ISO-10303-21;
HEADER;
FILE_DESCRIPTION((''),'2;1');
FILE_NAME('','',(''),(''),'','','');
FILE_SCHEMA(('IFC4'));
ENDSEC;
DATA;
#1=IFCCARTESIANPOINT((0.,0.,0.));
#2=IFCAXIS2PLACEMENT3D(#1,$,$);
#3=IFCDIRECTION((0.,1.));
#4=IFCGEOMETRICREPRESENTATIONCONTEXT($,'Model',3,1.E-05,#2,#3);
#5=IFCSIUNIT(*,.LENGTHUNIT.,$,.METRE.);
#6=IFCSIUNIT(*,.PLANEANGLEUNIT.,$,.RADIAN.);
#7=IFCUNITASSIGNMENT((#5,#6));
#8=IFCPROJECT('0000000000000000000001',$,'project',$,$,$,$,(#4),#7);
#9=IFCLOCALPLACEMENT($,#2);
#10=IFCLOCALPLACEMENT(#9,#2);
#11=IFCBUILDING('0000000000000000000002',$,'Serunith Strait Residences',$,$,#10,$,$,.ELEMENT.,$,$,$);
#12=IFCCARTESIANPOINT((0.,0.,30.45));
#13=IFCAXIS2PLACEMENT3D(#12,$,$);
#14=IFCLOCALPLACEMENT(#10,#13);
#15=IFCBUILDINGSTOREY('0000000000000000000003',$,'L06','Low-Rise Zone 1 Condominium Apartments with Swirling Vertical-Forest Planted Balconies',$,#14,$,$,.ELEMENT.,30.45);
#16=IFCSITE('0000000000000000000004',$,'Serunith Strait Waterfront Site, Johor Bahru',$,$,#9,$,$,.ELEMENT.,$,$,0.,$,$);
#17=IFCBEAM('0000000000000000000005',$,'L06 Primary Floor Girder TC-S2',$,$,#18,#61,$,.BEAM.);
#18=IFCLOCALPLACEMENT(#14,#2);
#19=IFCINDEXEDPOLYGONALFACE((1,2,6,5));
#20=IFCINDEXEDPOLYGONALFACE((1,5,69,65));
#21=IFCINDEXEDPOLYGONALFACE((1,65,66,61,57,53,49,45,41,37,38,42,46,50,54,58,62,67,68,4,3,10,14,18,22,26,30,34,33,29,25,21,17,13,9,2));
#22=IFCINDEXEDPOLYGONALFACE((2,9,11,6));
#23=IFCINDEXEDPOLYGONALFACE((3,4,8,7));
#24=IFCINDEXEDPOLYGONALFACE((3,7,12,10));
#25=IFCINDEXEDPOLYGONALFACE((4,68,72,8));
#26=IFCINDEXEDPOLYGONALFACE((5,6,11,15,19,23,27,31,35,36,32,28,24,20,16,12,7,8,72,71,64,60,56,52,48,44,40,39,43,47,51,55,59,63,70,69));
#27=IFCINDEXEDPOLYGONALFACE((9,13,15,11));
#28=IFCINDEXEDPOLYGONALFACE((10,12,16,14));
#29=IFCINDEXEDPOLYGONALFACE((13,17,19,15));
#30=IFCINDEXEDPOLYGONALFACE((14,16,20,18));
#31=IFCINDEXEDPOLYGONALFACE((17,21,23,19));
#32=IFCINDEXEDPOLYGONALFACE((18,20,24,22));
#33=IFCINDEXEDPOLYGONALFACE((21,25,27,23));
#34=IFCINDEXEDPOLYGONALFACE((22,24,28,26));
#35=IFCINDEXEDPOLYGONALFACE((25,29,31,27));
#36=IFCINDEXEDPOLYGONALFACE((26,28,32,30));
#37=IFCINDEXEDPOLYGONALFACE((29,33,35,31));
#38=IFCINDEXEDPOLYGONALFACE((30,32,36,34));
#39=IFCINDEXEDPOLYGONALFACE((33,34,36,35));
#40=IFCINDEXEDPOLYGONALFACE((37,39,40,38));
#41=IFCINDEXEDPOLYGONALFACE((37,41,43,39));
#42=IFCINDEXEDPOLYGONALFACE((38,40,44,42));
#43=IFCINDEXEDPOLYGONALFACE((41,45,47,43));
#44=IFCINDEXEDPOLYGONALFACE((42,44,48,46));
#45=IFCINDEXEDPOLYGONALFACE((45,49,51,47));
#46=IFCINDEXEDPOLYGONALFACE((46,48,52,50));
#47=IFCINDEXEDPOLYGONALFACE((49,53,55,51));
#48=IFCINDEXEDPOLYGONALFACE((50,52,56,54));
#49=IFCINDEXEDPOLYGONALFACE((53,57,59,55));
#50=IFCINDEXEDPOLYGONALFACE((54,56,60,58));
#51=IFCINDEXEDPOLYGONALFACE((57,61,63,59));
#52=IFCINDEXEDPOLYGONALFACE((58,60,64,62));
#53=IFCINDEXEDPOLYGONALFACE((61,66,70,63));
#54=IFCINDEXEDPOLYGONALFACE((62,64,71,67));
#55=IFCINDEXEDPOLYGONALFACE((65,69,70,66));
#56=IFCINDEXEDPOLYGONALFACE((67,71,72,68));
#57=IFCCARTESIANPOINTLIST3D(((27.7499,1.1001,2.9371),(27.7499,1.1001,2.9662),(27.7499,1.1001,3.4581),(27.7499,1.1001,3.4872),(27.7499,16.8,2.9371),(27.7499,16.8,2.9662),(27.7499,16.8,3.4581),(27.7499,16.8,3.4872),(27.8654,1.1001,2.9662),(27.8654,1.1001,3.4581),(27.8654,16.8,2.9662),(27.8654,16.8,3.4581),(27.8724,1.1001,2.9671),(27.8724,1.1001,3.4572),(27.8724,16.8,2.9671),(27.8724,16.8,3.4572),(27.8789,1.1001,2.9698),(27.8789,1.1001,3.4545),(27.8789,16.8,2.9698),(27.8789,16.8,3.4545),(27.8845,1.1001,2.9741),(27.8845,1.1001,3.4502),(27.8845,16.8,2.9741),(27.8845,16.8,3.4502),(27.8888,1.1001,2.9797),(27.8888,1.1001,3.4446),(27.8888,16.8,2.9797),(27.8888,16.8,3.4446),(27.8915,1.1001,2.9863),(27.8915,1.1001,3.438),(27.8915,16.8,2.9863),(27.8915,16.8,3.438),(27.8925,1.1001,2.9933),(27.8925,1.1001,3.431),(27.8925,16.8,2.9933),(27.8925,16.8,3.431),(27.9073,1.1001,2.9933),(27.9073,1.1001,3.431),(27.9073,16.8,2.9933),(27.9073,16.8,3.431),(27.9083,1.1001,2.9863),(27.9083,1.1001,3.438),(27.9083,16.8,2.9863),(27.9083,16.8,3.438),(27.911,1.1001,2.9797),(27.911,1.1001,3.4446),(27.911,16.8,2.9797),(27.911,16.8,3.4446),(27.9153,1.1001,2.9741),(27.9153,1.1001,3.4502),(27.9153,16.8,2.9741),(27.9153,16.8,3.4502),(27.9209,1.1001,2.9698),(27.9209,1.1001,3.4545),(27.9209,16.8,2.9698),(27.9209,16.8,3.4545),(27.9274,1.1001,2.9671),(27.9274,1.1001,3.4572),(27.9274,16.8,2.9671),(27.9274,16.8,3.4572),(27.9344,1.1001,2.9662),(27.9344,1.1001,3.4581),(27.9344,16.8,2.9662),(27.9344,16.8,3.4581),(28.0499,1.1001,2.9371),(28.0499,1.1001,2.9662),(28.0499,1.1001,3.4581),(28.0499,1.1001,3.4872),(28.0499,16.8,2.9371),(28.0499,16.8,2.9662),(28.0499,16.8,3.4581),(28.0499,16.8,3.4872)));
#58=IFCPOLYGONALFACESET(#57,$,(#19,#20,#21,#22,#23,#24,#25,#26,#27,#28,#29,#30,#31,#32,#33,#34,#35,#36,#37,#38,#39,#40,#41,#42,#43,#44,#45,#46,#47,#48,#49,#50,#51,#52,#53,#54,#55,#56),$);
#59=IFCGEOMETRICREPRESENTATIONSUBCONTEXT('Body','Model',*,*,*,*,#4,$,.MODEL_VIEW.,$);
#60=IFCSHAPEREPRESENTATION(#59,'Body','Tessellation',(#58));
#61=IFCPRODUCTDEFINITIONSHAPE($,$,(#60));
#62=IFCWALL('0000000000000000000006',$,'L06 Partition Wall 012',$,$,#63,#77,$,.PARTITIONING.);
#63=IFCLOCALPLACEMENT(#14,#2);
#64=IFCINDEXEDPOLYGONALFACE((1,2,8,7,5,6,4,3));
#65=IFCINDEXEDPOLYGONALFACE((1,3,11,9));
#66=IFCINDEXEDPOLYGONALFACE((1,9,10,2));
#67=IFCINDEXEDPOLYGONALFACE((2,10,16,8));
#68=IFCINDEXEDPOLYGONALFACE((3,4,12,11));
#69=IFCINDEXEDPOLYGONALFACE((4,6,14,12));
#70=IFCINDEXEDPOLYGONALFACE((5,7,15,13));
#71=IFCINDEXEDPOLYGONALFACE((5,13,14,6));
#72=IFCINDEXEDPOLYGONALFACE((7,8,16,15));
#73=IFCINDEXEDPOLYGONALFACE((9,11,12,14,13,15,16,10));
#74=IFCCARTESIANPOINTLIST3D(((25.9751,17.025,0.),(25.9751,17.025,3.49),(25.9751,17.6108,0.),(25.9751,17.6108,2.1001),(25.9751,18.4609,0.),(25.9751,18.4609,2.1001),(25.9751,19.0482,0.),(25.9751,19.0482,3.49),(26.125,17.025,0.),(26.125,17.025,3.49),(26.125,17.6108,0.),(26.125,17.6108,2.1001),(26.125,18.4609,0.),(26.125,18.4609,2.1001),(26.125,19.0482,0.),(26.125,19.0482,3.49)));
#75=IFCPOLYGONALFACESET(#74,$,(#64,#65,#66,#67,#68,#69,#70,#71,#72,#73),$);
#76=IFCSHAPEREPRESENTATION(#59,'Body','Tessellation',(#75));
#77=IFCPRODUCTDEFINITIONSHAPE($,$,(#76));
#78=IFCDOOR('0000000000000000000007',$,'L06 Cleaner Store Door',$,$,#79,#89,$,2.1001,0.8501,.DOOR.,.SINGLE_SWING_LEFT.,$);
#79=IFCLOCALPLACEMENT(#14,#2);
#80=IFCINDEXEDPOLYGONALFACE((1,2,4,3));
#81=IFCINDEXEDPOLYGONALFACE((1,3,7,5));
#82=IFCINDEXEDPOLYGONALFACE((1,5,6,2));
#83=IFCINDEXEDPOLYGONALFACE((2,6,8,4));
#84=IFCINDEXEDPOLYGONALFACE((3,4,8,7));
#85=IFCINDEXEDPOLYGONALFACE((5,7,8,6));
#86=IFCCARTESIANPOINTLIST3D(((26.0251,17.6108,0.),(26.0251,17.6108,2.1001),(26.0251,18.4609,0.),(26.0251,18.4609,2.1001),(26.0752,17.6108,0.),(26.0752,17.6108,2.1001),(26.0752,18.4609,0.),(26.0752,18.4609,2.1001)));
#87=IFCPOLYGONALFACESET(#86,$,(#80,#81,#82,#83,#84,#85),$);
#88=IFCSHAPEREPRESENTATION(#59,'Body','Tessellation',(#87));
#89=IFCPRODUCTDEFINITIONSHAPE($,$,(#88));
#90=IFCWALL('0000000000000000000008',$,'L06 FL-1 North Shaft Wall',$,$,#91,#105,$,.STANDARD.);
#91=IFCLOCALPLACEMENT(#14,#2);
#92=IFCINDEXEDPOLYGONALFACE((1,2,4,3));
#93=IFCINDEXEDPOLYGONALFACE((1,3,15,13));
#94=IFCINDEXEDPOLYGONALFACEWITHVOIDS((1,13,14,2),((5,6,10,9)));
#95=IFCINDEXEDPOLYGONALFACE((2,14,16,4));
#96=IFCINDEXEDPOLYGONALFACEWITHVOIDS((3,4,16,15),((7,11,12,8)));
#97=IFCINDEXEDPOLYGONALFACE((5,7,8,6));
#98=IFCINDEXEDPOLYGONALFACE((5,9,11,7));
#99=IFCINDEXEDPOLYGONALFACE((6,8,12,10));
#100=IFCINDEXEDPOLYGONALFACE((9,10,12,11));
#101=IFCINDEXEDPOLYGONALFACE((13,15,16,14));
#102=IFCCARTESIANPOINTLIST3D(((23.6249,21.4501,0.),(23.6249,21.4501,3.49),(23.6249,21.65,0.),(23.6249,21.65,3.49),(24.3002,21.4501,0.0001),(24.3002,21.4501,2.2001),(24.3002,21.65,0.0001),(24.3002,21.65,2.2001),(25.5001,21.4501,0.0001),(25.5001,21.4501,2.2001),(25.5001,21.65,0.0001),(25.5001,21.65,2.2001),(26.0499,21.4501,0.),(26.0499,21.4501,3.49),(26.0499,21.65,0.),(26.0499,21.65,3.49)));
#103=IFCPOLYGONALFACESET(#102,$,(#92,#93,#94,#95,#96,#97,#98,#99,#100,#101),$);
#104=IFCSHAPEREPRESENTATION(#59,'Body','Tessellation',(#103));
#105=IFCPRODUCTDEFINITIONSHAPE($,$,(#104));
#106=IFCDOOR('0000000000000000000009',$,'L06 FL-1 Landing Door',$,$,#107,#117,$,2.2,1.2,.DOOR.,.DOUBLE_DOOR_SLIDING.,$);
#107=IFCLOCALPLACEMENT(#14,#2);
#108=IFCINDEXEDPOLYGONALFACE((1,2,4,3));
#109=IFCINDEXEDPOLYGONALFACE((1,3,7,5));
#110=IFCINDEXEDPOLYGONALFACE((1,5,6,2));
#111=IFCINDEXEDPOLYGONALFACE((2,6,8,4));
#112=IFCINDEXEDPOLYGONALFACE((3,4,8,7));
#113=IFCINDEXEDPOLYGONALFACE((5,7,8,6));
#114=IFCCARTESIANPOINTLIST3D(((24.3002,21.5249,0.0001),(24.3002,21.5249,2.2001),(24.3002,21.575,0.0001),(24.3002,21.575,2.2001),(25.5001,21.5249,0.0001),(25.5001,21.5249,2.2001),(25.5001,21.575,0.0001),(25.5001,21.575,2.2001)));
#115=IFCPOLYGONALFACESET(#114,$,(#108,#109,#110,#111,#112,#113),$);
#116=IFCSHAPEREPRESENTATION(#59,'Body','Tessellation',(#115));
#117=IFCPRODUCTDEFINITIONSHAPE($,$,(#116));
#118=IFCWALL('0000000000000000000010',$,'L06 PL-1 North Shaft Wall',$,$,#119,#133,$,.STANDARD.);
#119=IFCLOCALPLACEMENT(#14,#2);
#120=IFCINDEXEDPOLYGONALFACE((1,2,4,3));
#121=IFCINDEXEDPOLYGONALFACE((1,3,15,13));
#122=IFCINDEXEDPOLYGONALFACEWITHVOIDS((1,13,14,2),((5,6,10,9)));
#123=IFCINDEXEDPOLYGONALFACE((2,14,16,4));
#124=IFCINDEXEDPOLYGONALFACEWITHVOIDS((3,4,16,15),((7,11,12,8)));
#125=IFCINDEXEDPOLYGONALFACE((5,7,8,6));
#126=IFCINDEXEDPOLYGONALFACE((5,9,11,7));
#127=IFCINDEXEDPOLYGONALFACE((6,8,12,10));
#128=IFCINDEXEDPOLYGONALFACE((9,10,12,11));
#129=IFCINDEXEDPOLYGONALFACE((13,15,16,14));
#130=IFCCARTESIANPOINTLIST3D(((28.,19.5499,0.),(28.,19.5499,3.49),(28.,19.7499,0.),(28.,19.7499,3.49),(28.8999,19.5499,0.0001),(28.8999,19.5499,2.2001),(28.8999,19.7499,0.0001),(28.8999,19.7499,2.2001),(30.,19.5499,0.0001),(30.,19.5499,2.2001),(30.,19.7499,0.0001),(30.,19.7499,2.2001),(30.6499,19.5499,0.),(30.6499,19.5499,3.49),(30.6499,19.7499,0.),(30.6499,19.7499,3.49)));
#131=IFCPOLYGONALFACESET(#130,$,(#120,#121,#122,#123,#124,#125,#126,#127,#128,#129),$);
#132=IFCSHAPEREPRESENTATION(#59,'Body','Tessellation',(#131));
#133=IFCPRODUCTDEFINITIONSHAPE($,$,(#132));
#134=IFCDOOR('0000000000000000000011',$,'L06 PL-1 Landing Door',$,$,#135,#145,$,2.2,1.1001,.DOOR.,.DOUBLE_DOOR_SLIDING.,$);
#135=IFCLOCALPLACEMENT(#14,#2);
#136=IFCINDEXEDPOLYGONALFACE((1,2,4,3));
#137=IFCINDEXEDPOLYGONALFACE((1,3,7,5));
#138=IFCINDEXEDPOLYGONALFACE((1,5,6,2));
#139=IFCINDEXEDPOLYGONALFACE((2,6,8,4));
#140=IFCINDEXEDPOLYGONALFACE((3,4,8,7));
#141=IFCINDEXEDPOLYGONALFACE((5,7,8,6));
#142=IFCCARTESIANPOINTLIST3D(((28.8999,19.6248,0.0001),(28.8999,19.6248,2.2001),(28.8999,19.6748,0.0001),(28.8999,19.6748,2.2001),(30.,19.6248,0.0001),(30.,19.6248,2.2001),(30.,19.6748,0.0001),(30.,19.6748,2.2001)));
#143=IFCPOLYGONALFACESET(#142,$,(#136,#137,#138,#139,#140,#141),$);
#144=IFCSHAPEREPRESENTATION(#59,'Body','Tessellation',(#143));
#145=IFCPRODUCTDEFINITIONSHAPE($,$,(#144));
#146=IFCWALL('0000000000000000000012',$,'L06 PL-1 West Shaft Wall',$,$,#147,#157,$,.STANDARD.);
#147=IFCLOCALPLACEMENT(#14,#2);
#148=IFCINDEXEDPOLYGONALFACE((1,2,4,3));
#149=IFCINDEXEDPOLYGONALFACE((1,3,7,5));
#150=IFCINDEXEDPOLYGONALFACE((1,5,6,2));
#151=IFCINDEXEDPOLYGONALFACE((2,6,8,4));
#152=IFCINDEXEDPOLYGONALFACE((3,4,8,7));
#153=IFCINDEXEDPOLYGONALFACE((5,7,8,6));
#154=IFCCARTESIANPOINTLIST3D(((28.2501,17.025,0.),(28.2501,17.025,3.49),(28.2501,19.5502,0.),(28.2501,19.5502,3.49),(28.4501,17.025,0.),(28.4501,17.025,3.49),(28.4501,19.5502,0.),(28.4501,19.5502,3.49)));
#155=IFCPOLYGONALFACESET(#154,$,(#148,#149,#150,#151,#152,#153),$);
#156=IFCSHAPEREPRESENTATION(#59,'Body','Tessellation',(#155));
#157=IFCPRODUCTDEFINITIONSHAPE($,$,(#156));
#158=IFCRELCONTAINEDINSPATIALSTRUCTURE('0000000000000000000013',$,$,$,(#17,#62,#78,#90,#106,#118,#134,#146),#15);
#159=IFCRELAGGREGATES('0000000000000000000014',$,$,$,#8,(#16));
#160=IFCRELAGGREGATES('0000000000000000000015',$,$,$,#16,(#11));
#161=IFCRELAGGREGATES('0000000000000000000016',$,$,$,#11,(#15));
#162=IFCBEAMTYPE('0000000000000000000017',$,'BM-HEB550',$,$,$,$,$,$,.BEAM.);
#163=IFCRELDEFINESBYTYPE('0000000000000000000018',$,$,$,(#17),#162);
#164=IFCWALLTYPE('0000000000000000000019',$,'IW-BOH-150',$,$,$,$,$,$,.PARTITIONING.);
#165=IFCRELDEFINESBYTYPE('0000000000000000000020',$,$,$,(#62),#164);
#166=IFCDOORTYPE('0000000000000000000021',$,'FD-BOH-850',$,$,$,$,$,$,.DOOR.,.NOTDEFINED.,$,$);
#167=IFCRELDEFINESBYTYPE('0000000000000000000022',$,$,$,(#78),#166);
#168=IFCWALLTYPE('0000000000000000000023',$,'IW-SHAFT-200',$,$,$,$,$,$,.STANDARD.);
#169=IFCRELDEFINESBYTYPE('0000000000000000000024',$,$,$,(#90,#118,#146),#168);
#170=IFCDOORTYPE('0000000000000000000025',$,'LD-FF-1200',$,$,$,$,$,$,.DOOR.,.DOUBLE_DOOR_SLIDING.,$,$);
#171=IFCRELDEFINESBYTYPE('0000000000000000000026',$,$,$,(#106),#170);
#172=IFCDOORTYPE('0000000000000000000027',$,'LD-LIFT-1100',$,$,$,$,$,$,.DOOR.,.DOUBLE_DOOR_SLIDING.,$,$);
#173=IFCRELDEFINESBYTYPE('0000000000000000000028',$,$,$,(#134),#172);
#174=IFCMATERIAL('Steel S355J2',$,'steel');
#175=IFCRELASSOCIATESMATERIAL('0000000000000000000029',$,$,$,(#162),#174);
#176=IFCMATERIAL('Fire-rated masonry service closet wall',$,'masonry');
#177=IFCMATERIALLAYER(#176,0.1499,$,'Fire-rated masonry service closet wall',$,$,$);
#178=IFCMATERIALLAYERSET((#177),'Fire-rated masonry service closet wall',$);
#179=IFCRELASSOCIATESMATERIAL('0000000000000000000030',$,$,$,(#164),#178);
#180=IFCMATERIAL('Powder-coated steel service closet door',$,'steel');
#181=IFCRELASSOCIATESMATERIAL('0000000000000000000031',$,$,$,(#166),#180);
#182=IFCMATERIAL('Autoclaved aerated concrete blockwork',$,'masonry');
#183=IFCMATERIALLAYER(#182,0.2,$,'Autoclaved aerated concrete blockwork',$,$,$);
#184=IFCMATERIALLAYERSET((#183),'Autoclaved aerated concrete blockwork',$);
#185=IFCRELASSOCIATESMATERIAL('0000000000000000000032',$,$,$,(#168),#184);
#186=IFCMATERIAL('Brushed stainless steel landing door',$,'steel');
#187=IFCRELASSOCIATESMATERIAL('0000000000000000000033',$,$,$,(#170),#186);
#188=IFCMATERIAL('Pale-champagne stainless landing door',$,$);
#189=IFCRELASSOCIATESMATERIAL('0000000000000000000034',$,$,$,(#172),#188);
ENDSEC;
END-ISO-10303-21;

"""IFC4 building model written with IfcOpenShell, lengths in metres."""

from ifc_helpers import new_model, si_unit, direction, frame, frame_2d, origin, origin_2d, place, context, subcontext, project, spatial, rectangle, i_section, extrude, source, transform, mapped, material, layer, layer_set, material_profile, profile_set, type_object, element, fill, save


model = new_model("IFC4")

# Units and contexts
model_context = context("Model", 3, precision=1e-05, world=origin(), true_north=direction((0.0, 1.0)))
body_context = subcontext(model_context, "Body", "Model", "MODEL_VIEW")
ifc_project = project(units=[si_unit("LENGTHUNIT", "METRE"), si_unit("PLANEANGLEUNIT", "RADIAN")], contexts=[model_context])

# Site, building, storey
site_placement = place(None, origin())
site = spatial("IfcSite", under=ifc_project, at=site_placement, Name="Serunith Strait Waterfront Site, Johor Bahru", CompositionType="ELEMENT", RefElevation=0.0)
building_placement = place(site_placement, origin())
building = spatial("IfcBuilding", under=site, at=building_placement, Name="Serunith Strait Residences", CompositionType="ELEMENT")
storey_placement = place(building_placement, frame((0.0, 0.0, 30.45)))
storey = spatial("IfcBuildingStorey", under=building, at=storey_placement, Name="L06", Description="Low-Rise Zone 1 Condominium Apartments with Swirling Vertical-Forest Planted Balconies", CompositionType="ELEMENT", Elevation=30.45)

# Beam
ifc_material_1 = material(Name="Steel S355J2", Category="steel")
ifc_material_profile = material_profile(ifc_material_1, i_section(OverallWidth=0.3, OverallDepth=0.55, WebThickness=0.0149, FlangeThickness=0.0291, FilletRadius=0.0271, at=origin_2d()), Name="HEB 550")
ifc_profile_set = profile_set([ifc_material_profile], Name="Steel S355J2")
beam_type = type_object("IfcBeamType", Name="BM-HEB550", PredefinedType="BEAM", material=ifc_profile_set)
shared_shape_1 = source(origin(), body_context, "Body", "SweptSolid", [
    extrude(i_section(OverallWidth=0.3, OverallDepth=0.55, WebThickness=0.0149, FlangeThickness=0.0291, FilletRadius=0.0271, at=origin_2d()), origin(), (0.0, 0.0, 1.0), 15.7),
])
beam_placement = place(storey_placement, frame((27.8999, 16.8, 3.2122), z_axis=(0.0, -1.0, 0.0), x_axis=(1.0, 0.0, 0.0)))
element("IfcBeam", 1, at=beam_placement, inside=storey, type_object=beam_type, Name="L06 Primary Floor Girder TC-S2", PredefinedType="BEAM", context=body_context, shape_type="MappedRepresentation", body=[
    mapped(shared_shape_1, transform((0.0, 0.0, 0.0), scale=1.0)),
])

# Walls, openings, doors
ifc_material_2 = material(Name="Fire-rated masonry service closet wall", Category="masonry")
ifc_layer_1 = layer(ifc_material_2, 0.1499, Name="Fire-rated masonry service closet wall")
ifc_layer_set_1 = layer_set([ifc_layer_1], Name="Fire-rated masonry service closet wall")
wall_type_1 = type_object("IfcWallType", Name="IW-BOH-150", PredefinedType="PARTITIONING", material=ifc_layer_set_1)
wall_1_placement = place(storey_placement, frame((26.05, 17.0249, 0.0), z_axis=(0.0, 0.0, 1.0), x_axis=(0.0, 1.0, 0.0)))
wall_1 = element("IfcWall", 2, at=wall_1_placement, inside=storey, type_object=wall_type_1, Name="L06 Partition Wall 012", PredefinedType="PARTITIONING", context=body_context, shape_type="SweptSolid", body=[
    extrude(rectangle(XDim=2.0232, YDim=0.1499, at=frame_2d((1.0117, 0.0))), origin(), (0.0, 0.0, 1.0), 3.49),
])
opening_1_placement = place(wall_1_placement, frame((0.5859, 0.0, 0.0)))
opening_1 = element("IfcOpeningElement", 3, at=opening_1_placement, cuts=wall_1, PredefinedType="OPENING", context=body_context, shape_type="SweptSolid", body=[
    extrude(rectangle(XDim=0.8501, YDim=2.1001, at=frame_2d((0.425, 1.05))), frame((0.0, 0.085, 0.0), z_axis=(0.0, -1.0, 0.0), x_axis=(1.0, 0.0, 0.0)), (0.0, 0.0, 1.0), 0.1699),
])
ifc_material_3 = material(Name="Powder-coated steel service closet door", Category="steel")
door_type_1 = type_object("IfcDoorType", Name="FD-BOH-850", OperationType="NOTDEFINED", PredefinedType="DOOR", material=ifc_material_3)
shared_shape_2 = source(origin(), body_context, "Body", "SweptSolid", [
    extrude(rectangle(XDim=0.8501, YDim=2.1001, at=frame_2d((0.425, 1.05))), frame((0.0, 0.0249, 0.0), z_axis=(0.0, -1.0, 0.0), x_axis=(1.0, 0.0, 0.0)), (0.0, 0.0, 1.0), 0.05),
])
door_1_placement = place(opening_1_placement, origin())
door_1 = element("IfcDoor", 4, at=door_1_placement, inside=storey, type_object=door_type_1, Name="L06 Cleaner Store Door", OperationType="SINGLE_SWING_LEFT", OverallHeight=2.1001, OverallWidth=0.8501, PredefinedType="DOOR", context=body_context, shape_type="MappedRepresentation", body=[
    mapped(shared_shape_2, transform((0.0, 0.0, 0.0), scale=1.0)),
])
fill(opening_1, door_1)
ifc_material_4 = material(Name="Autoclaved aerated concrete blockwork", Category="masonry")
ifc_layer_2 = layer(ifc_material_4, 0.2, Name="Autoclaved aerated concrete blockwork")
ifc_layer_set_2 = layer_set([ifc_layer_2], Name="Autoclaved aerated concrete blockwork")
wall_type_2 = type_object("IfcWallType", Name="IW-SHAFT-200", PredefinedType="STANDARD", material=ifc_layer_set_2)
wall_2_placement = place(storey_placement, frame((23.625, 21.55, 0.0), z_axis=(0.0, 0.0, 1.0), x_axis=(1.0, 0.0, 0.0)))
wall_2 = element("IfcWall", 5, at=wall_2_placement, inside=storey, type_object=wall_type_2, Name="L06 FL-1 North Shaft Wall", PredefinedType="STANDARD", context=body_context, shape_type="SweptSolid", body=[
    extrude(rectangle(XDim=2.425, YDim=0.2, at=frame_2d((1.2124, 0.0))), origin(), (0.0, 0.0, 1.0), 3.49),
])
opening_2_placement = place(wall_2_placement, frame((0.675, 0.0, 0.0)))
opening_2 = element("IfcOpeningElement", 6, at=opening_2_placement, cuts=wall_2, PredefinedType="OPENING", context=body_context, shape_type="SweptSolid", body=[
    extrude(rectangle(XDim=1.2, YDim=2.2, at=frame_2d((0.6001, 1.1001))), frame((0.0, 0.1099, 0.0), z_axis=(0.0, -1.0, 0.0), x_axis=(1.0, 0.0, 0.0)), (0.0, 0.0, 1.0), 0.22),
])
ifc_material_5 = material(Name="Brushed stainless steel landing door", Category="steel")
door_type_2 = type_object("IfcDoorType", Name="LD-FF-1200", OperationType="DOUBLE_DOOR_SLIDING", PredefinedType="DOOR", material=ifc_material_5)
shared_shape_3 = source(origin(), body_context, "Body", "SweptSolid", [
    extrude(rectangle(XDim=1.2, YDim=2.2, at=frame_2d((0.6001, 1.1001))), frame((0.0, 0.0249, 0.0), z_axis=(0.0, -1.0, 0.0), x_axis=(1.0, 0.0, 0.0)), (0.0, 0.0, 1.0), 0.05),
])
door_2_placement = place(opening_2_placement, origin())
door_2 = element("IfcDoor", 7, at=door_2_placement, inside=storey, type_object=door_type_2, Name="L06 FL-1 Landing Door", OperationType="DOUBLE_DOOR_SLIDING", OverallHeight=2.2, OverallWidth=1.2, PredefinedType="DOOR", context=body_context, shape_type="MappedRepresentation", body=[
    mapped(shared_shape_3, transform((0.0, 0.0, 0.0), scale=1.0)),
])
fill(opening_2, door_2)
wall_3_placement = place(storey_placement, frame((28.0, 19.6499, 0.0), z_axis=(0.0, 0.0, 1.0), x_axis=(1.0, 0.0, 0.0)))
wall_3 = element("IfcWall", 8, at=wall_3_placement, inside=storey, type_object=wall_type_2, Name="L06 PL-1 North Shaft Wall", PredefinedType="STANDARD", context=body_context, shape_type="SweptSolid", body=[
    extrude(rectangle(XDim=2.6499, YDim=0.2, at=frame_2d((1.325, 0.0))), origin(), (0.0, 0.0, 1.0), 3.49),
])
opening_3_placement = place(wall_3_placement, frame((0.8999, 0.0, 0.0)))
opening_3 = element("IfcOpeningElement", 9, at=opening_3_placement, cuts=wall_3, PredefinedType="OPENING", context=body_context, shape_type="SweptSolid", body=[
    extrude(rectangle(XDim=1.1001, YDim=2.2, at=frame_2d((0.55, 1.1001))), frame((0.0, 0.1099, 0.0), z_axis=(0.0, -1.0, 0.0), x_axis=(1.0, 0.0, 0.0)), (0.0, 0.0, 1.0), 0.22),
])
ifc_material_6 = material(Name="Pale-champagne stainless landing door")
door_type_3 = type_object("IfcDoorType", Name="LD-LIFT-1100", OperationType="DOUBLE_DOOR_SLIDING", PredefinedType="DOOR", material=ifc_material_6)
shared_shape_4 = source(origin(), body_context, "Body", "SweptSolid", [
    extrude(rectangle(XDim=1.1001, YDim=2.2, at=frame_2d((0.55, 1.1001))), frame((0.0, 0.0249, 0.0), z_axis=(0.0, -1.0, 0.0), x_axis=(1.0, 0.0, 0.0)), (0.0, 0.0, 1.0), 0.05),
])
door_3_placement = place(opening_3_placement, origin())
door_3 = element("IfcDoor", 10, at=door_3_placement, inside=storey, type_object=door_type_3, Name="L06 PL-1 Landing Door", OperationType="DOUBLE_DOOR_SLIDING", OverallHeight=2.2, OverallWidth=1.1001, PredefinedType="DOOR", context=body_context, shape_type="MappedRepresentation", body=[
    mapped(shared_shape_4, transform((0.0, 0.0, 0.0), scale=1.0)),
])
fill(opening_3, door_3)

# Wall
wall_4_placement = place(storey_placement, frame((28.3501, 17.0249, 0.0), z_axis=(0.0, 0.0, 1.0), x_axis=(0.0, 1.0, 0.0)))
element("IfcWall", 11, at=wall_4_placement, inside=storey, type_object=wall_type_2, Name="L06 PL-1 West Shaft Wall", PredefinedType="STANDARD", context=body_context, shape_type="SweptSolid", body=[
    extrude(rectangle(XDim=2.5251, YDim=0.2, at=frame_2d((1.2627, 0.0))), origin(), (0.0, 0.0, 1.0), 3.49),
])

save(model, "model.ifc")
